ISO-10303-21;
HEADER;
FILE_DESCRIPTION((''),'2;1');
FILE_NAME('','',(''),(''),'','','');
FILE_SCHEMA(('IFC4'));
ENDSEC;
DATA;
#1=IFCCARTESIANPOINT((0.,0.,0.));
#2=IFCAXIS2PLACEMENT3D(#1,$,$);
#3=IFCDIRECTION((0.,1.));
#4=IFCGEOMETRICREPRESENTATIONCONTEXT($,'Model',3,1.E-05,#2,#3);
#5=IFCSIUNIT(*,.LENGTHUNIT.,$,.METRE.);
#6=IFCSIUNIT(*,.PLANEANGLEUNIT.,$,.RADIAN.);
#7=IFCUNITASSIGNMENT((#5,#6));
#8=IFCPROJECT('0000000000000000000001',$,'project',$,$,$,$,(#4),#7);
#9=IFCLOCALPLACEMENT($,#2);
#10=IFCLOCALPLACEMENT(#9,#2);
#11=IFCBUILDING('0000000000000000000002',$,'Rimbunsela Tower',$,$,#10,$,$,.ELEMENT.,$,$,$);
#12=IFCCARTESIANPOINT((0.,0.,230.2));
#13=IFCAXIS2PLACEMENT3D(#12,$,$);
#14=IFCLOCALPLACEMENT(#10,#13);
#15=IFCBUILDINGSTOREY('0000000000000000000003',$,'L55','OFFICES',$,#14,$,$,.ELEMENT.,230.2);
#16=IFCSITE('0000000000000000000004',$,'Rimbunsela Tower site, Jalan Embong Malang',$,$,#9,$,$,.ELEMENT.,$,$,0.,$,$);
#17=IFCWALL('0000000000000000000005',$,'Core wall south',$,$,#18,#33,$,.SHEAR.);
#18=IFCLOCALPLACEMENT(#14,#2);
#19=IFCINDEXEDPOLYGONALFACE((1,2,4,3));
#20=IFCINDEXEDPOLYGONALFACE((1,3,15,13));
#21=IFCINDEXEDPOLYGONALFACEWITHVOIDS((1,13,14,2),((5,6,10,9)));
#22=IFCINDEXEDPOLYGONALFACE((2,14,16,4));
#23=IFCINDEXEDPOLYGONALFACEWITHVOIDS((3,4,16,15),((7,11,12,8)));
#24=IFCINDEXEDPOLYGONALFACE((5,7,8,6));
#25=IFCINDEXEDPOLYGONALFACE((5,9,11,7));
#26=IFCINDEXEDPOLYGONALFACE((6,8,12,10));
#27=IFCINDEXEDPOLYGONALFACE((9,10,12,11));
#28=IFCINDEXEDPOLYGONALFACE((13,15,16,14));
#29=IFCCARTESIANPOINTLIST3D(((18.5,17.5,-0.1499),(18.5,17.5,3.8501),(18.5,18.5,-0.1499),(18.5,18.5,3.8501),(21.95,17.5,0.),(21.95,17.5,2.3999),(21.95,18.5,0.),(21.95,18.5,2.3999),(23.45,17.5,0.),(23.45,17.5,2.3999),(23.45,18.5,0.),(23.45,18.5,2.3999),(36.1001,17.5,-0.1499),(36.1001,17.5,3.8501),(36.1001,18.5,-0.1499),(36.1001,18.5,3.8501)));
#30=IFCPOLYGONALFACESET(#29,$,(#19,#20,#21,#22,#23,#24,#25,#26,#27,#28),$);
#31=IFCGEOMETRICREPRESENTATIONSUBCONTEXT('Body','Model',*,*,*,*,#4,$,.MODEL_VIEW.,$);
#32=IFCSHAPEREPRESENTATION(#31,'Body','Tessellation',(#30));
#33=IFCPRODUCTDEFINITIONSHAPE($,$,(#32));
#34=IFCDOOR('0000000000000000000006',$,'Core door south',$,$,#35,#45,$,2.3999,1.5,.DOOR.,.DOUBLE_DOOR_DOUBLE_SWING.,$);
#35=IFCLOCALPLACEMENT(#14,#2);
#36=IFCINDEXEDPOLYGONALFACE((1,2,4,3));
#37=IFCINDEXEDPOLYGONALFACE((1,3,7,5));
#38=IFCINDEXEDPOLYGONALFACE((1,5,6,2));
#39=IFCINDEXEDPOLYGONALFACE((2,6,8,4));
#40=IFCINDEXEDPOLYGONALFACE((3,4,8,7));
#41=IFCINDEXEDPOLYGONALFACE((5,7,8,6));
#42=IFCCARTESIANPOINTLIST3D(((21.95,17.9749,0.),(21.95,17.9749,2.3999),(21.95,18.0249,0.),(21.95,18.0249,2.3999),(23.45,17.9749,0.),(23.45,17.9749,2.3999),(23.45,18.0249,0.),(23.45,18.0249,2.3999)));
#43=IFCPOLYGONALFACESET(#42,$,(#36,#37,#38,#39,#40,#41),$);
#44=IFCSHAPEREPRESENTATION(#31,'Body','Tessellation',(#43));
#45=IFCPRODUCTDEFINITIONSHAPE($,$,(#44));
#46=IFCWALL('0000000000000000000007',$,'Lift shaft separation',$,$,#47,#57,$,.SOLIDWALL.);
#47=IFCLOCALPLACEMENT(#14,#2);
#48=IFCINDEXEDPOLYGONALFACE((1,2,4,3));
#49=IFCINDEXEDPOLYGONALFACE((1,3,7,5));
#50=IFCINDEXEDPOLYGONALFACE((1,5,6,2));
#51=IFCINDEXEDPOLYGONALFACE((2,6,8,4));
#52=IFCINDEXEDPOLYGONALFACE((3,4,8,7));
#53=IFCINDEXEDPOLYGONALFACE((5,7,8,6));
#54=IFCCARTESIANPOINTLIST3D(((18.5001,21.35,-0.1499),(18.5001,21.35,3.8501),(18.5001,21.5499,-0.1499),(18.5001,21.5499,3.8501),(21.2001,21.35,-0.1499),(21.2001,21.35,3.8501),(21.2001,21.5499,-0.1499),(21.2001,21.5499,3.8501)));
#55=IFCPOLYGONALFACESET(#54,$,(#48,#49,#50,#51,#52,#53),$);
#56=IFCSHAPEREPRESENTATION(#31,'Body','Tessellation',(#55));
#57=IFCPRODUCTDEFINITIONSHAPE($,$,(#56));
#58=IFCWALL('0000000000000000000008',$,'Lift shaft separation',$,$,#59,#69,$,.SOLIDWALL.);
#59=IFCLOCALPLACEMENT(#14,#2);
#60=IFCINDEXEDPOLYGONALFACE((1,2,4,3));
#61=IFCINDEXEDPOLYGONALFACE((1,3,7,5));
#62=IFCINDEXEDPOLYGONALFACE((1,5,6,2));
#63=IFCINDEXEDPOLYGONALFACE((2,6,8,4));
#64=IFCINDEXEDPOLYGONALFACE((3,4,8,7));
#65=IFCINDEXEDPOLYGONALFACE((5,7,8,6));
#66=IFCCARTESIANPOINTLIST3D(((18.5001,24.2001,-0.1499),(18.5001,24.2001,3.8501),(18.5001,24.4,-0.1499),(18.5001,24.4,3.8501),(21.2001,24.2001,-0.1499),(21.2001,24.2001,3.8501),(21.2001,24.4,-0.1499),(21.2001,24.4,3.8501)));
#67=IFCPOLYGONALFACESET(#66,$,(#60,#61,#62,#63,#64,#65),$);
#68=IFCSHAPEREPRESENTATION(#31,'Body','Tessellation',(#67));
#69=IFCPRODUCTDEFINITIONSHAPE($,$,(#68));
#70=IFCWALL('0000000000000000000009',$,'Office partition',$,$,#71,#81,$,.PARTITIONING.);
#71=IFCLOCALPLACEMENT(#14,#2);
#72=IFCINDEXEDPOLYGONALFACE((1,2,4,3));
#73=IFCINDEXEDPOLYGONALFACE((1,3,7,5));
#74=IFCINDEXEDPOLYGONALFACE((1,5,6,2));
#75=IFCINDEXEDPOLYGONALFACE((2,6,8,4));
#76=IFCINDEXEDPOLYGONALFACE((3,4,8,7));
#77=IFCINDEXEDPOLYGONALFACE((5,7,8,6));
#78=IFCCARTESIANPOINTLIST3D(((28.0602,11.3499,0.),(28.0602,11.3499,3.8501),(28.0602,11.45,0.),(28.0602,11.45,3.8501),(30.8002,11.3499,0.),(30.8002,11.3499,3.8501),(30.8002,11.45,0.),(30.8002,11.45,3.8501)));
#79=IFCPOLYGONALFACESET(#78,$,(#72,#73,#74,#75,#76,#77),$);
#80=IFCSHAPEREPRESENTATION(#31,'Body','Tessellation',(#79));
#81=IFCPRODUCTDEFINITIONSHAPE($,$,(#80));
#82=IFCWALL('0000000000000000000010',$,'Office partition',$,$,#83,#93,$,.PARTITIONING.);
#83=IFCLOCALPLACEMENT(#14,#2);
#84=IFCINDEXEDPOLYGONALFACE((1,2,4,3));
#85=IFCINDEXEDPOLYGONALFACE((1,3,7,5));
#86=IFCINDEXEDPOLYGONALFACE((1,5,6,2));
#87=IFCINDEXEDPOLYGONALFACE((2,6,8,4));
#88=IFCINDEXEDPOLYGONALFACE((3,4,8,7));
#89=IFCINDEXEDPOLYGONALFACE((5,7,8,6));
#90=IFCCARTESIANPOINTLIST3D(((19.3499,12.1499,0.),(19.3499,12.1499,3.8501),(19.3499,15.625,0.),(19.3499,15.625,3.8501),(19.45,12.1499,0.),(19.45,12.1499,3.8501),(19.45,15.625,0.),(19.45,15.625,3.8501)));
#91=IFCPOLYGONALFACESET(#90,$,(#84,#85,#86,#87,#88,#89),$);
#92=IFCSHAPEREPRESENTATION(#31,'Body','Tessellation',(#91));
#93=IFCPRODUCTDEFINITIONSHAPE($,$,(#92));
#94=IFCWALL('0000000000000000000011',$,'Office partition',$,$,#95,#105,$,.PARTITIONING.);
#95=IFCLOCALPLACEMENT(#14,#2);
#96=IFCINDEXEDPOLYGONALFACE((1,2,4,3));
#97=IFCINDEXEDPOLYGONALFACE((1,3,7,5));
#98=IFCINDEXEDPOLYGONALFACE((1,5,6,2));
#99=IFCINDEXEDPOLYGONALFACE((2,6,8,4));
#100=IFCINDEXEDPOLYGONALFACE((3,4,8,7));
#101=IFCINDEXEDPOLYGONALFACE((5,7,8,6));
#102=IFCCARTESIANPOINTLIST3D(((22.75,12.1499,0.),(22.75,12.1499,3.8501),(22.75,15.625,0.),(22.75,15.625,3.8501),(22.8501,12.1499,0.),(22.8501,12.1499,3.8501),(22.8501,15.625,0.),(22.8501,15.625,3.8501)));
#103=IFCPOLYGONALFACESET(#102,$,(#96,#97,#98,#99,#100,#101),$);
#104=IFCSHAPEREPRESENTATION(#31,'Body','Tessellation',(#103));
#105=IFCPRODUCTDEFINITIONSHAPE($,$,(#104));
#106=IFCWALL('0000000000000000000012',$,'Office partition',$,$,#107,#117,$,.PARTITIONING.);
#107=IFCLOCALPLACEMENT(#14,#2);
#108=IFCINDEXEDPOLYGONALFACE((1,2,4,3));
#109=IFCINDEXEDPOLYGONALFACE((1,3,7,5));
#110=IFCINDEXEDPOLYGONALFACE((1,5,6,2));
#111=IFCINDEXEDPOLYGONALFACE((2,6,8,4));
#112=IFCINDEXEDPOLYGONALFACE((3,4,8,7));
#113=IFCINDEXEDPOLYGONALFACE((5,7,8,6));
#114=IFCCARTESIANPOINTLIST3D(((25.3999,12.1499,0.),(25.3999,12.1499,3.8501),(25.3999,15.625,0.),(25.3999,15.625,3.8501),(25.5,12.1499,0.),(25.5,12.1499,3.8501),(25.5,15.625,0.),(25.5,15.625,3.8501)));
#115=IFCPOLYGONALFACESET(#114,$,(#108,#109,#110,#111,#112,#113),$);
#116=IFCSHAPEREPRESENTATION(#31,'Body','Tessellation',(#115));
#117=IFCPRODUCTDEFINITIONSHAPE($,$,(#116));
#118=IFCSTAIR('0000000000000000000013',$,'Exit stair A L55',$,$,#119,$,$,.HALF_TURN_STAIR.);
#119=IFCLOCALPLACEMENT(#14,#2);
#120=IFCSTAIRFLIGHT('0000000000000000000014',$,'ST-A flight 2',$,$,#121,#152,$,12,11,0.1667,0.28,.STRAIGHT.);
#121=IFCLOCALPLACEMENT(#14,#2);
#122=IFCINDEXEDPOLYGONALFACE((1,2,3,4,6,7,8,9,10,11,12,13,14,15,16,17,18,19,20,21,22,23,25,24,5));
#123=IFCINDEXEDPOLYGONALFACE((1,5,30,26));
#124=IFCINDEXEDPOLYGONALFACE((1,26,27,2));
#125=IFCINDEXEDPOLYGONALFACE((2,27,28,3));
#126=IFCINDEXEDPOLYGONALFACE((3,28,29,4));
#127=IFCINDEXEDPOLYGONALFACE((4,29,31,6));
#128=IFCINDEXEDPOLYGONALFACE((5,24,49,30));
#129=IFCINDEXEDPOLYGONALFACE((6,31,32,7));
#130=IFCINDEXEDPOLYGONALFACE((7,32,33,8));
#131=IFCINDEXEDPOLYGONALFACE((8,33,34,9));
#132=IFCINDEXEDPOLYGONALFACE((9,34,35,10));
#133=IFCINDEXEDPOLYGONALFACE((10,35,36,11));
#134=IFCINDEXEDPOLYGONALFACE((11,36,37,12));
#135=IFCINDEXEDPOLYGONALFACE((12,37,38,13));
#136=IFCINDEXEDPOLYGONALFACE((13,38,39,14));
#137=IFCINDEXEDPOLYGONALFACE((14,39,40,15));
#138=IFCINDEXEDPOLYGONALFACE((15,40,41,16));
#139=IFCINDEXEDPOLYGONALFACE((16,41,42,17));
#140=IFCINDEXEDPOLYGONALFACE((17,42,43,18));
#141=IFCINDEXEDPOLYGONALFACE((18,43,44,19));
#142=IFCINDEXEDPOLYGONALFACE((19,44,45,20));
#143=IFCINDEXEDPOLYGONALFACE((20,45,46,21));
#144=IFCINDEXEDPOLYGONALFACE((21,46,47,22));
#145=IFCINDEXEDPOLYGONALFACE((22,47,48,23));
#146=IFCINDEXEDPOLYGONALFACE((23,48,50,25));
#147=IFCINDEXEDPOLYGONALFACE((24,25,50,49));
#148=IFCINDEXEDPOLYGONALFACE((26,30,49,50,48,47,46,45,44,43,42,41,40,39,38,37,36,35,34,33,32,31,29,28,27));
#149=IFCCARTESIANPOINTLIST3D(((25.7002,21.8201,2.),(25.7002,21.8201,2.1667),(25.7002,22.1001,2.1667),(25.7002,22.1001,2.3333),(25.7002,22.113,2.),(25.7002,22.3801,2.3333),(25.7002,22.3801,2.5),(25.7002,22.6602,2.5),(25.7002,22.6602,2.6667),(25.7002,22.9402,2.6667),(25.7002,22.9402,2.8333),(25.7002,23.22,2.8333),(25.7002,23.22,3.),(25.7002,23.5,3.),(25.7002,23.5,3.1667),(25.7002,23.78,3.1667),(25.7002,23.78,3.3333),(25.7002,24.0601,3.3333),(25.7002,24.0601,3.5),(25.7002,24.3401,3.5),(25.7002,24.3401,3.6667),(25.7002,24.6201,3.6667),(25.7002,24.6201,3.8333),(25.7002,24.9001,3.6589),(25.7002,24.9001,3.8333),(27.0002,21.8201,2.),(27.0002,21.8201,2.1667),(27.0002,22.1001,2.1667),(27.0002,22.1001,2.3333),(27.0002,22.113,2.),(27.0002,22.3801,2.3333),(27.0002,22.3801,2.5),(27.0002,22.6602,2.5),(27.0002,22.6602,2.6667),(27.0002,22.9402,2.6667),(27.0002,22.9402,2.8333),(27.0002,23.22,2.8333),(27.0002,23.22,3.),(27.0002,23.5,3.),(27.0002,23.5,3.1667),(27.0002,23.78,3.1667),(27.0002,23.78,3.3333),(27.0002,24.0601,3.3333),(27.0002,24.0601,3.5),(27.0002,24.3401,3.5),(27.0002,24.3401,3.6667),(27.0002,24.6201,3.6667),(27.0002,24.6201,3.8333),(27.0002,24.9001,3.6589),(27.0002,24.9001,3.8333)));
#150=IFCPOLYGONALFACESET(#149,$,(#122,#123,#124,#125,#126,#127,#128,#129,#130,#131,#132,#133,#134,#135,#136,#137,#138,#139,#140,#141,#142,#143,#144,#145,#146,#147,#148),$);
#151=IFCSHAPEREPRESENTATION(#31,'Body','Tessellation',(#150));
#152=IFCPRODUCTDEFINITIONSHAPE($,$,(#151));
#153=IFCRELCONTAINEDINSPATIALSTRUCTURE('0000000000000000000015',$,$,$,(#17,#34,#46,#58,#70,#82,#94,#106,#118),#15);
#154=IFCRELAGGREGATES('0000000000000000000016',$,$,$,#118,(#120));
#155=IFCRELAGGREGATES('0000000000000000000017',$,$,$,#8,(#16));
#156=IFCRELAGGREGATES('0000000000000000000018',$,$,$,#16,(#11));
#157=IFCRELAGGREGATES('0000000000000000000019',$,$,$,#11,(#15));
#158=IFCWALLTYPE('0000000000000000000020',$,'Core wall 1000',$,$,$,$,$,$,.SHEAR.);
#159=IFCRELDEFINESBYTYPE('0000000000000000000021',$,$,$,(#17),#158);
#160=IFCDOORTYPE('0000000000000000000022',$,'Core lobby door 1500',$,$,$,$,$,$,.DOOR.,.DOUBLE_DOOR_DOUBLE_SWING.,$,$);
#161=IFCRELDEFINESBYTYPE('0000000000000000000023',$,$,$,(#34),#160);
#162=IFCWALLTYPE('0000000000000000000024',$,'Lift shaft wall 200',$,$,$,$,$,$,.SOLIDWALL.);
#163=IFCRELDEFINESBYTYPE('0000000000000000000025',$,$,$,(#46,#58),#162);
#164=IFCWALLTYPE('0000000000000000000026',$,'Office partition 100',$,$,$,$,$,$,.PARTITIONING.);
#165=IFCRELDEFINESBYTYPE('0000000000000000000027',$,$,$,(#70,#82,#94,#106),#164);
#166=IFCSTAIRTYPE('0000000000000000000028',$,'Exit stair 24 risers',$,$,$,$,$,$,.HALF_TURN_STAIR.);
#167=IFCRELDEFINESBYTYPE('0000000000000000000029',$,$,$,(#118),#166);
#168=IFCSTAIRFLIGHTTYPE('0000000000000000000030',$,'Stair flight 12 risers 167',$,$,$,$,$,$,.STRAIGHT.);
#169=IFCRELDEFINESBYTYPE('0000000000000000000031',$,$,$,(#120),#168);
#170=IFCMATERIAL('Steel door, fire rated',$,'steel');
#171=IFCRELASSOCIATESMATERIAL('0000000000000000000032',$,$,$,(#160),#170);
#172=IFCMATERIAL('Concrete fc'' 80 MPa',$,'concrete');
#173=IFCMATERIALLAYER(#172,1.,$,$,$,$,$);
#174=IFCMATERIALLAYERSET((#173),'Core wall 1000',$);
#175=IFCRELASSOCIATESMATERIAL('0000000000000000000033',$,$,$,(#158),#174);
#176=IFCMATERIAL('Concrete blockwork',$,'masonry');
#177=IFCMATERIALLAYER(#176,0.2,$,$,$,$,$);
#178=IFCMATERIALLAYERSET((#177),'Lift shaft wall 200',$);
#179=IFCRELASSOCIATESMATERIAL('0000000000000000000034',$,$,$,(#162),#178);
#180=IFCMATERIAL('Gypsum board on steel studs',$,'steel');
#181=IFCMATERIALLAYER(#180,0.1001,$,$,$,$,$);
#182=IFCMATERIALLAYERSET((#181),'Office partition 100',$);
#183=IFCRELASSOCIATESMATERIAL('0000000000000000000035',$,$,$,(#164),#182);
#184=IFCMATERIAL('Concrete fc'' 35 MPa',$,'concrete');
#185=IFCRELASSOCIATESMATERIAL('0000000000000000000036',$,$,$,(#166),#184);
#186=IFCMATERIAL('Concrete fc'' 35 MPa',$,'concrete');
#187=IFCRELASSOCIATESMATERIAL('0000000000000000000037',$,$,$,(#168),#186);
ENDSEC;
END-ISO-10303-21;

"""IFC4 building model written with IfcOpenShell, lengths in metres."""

from ifc_helpers import new_model, si_unit, direction, frame, frame_2d, origin, place, context, subcontext, project, spatial, polyline, rectangle, outline, extrude, material, layer, layer_set, type_object, element, fill, aggregate, save


model = new_model("IFC4")

# Units and contexts
model_context = context("Model", 3, precision=1e-05, world=origin(), true_north=direction((0.0, 1.0)))
body_context = subcontext(model_context, "Body", "Model", "MODEL_VIEW")
ifc_project = project(units=[si_unit("LENGTHUNIT", "METRE"), si_unit("PLANEANGLEUNIT", "RADIAN")], contexts=[model_context])

# Site, building, storey
site_placement = place(None, origin())
site = spatial("IfcSite", under=ifc_project, at=site_placement, Name="Rimbunsela Tower site, Jalan Embong Malang", CompositionType="ELEMENT", RefElevation=0.0)
building_placement = place(site_placement, origin())
building = spatial("IfcBuilding", under=site, at=building_placement, Name="Rimbunsela Tower", CompositionType="ELEMENT")
storey_placement = place(building_placement, frame((0.0, 0.0, 230.2)))
storey = spatial("IfcBuildingStorey", under=building, at=storey_placement, Name="L55", Description="OFFICES", CompositionType="ELEMENT", Elevation=230.2)

# Shared definitions
ifc_material_1 = material(Name="Steel door, fire rated", Category="steel")
door_type_1 = type_object("IfcDoorType", Name="Core lobby door 1500", OperationType="DOUBLE_DOOR_DOUBLE_SWING", PredefinedType="DOOR", material=ifc_material_1)

# Wall, opening, door
ifc_material_2 = material(Name="Concrete fc' 80 MPa", Category="concrete")
ifc_layer_1 = layer(ifc_material_2, 1.0)
ifc_layer_set_1 = layer_set([ifc_layer_1], Name="Core wall 1000")
wall_type_1 = type_object("IfcWallType", Name="Core wall 1000", PredefinedType="SHEAR", material=ifc_layer_set_1)
wall_1_placement = place(storey_placement, frame((18.5, 18.0, -0.1499), z_axis=(0.0, 0.0, 1.0), x_axis=(1.0, 0.0, 0.0)))
wall_1 = element("IfcWall", 1, at=wall_1_placement, inside=storey, type_object=wall_type_1, Name="Core wall south", PredefinedType="SHEAR", context=body_context, shape_type="SweptSolid", body=[
    extrude(rectangle(XDim=17.6001, YDim=1.0, at=frame_2d((8.8, 0.0))), origin(), (0.0, 0.0, 1.0), 4.0),
])
opening_1_placement = place(wall_1_placement, frame((3.45, 0.0, 0.1499)))
opening_1 = element("IfcOpeningElement", 2, at=opening_1_placement, cuts=wall_1, PredefinedType="OPENING", context=body_context, shape_type="SweptSolid", body=[
    extrude(rectangle(XDim=1.5, YDim=2.3999, at=frame_2d((0.75, 1.2))), frame((0.0, 0.51, 0.0), z_axis=(0.0, -1.0, 0.0), x_axis=(1.0, 0.0, 0.0)), (0.0, 0.0, 1.0), 1.02),
])
door_1_placement = place(opening_1_placement, origin())
door_1 = element("IfcDoor", 3, at=door_1_placement, inside=storey, type_object=door_type_1, Name="Core door south", OperationType="DOUBLE_DOOR_DOUBLE_SWING", OverallHeight=2.3999, OverallWidth=1.5, PredefinedType="DOOR", context=body_context, shape_type="SweptSolid", body=[
    extrude(rectangle(XDim=1.5, YDim=2.3999, at=frame_2d((0.75, 1.2))), frame((0.0, 0.0249, 0.0), z_axis=(0.0, -1.0, 0.0), x_axis=(1.0, 0.0, 0.0)), (0.0, 0.0, 1.0), 0.05),
])
fill(opening_1, door_1)

# Walls
ifc_material_3 = material(Name="Concrete blockwork", Category="masonry")
ifc_layer_2 = layer(ifc_material_3, 0.2)
ifc_layer_set_2 = layer_set([ifc_layer_2], Name="Lift shaft wall 200")
wall_type_2 = type_object("IfcWallType", Name="Lift shaft wall 200", PredefinedType="SOLIDWALL", material=ifc_layer_set_2)
for number, where, z_axis, x_axis, name in (
    (4, (18.5, 21.45, -0.1499), (0.0, 0.0, 1.0), (1.0, 0.0, 0.0), "Lift shaft separation"),
    (5, (18.5, 24.3, -0.1499), (0.0, 0.0, 1.0), (1.0, 0.0, 0.0), "Lift shaft separation"),
):
    element("IfcWall", number, at=place(storey_placement, frame(where, z_axis=z_axis, x_axis=x_axis)), inside=storey, type_object=wall_type_2, Name=name, PredefinedType="SOLIDWALL", context=body_context, shape_type="SweptSolid", body=[
        extrude(rectangle(XDim=2.7, YDim=0.2, at=frame_2d((1.3501, 0.0))), origin(), (0.0, 0.0, 1.0), 4.0),
    ])
ifc_material_4 = material(Name="Gypsum board on steel studs", Category="steel")
ifc_layer_3 = layer(ifc_material_4, 0.1001)
ifc_layer_set_3 = layer_set([ifc_layer_3], Name="Office partition 100")
wall_type_3 = type_object("IfcWallType", Name="Office partition 100", PredefinedType="PARTITIONING", material=ifc_layer_set_3)
wall_2_placement = place(storey_placement, frame((28.0601, 11.3999, 0.0), z_axis=(0.0, 0.0, 1.0), x_axis=(1.0, 0.0, 0.0)))
element("IfcWall", 6, at=wall_2_placement, inside=storey, type_object=wall_type_3, Name="Office partition", PredefinedType="PARTITIONING", context=body_context, shape_type="SweptSolid", body=[
    extrude(rectangle(XDim=2.74, YDim=0.1001, at=frame_2d((1.3701, 0.0))), origin(), (0.0, 0.0, 1.0), 3.8501),
])
for number, where, z_axis, x_axis, name in (
    (7, (19.3999, 12.1499, 0.0), (0.0, 0.0, 1.0), (0.0, 1.0, 0.0), "Office partition"),
    (8, (22.8, 12.1499, 0.0), (0.0, 0.0, 1.0), (0.0, 1.0, 0.0), "Office partition"),
    (9, (25.45, 12.1499, 0.0), (0.0, 0.0, 1.0), (0.0, 1.0, 0.0), "Office partition"),
):
    element("IfcWall", number, at=place(storey_placement, frame(where, z_axis=z_axis, x_axis=x_axis)), inside=storey, type_object=wall_type_3, Name=name, PredefinedType="PARTITIONING", context=body_context, shape_type="SweptSolid", body=[
        extrude(rectangle(XDim=3.4751, YDim=0.1001, at=frame_2d((1.7375, 0.0))), origin(), (0.0, 0.0, 1.0), 3.8501),
    ])

# Stair, stair flight
ifc_material_5 = material(Name="Concrete fc' 35 MPa", Category="concrete")
stair_type = type_object("IfcStairType", Name="Exit stair 24 risers", PredefinedType="HALF_TURN_STAIR", material=ifc_material_5)
stair_placement = place(storey_placement, origin())
stair = element("IfcStair", 10, at=stair_placement, inside=storey, type_object=stair_type, Name="Exit stair A L55", PredefinedType="HALF_TURN_STAIR")
ifc_material_6 = material(Name="Concrete fc' 35 MPa", Category="concrete")
stair_flight_type = type_object("IfcStairFlightType", Name="Stair flight 12 risers 167", PredefinedType="STRAIGHT", material=ifc_material_6)
stair_flight_placement = place(storey_placement, frame((26.3501, 21.8201, 2.0), z_axis=(0.0, 0.0, 1.0), x_axis=(0.0, 1.0, 0.0)))
stair_flight = element("IfcStairFlight", 11, at=stair_flight_placement, type_object=stair_flight_type, Name="ST-A flight 2", NumberOfRisers=12, NumberOfTreads=11, PredefinedType="STRAIGHT", RiserHeight=0.1667, TreadLength=0.28, context=body_context, shape_type="SweptSolid", body=[
    extrude(outline(polyline([(0.0, 0.0), (0.0, 0.1667), (0.28, 0.1667), (0.28, 0.3333), (0.5601, 0.3333), (0.5601, 0.5), (0.8401, 0.5), (0.8401, 0.6667), (1.1201, 0.6667), (1.1201, 0.8333), (1.3999, 0.8333), (1.3999, 1.0), (1.6799, 1.0), (1.6799, 1.1667), (1.96, 1.1667), (1.96, 1.3333), (2.24, 1.3333), (2.24, 1.5), (2.52, 1.5), (2.52, 1.6667), (2.8, 1.6667), (2.8, 1.8333), (3.0801, 1.8333), (3.0801, 2.0), (3.0801, 1.6589), (0.293, 0.0), (0.0, 0.0)])), frame((0.0, 0.6499, 0.0), z_axis=(0.0, -1.0, 0.0), x_axis=(1.0, 0.0, 0.0)), (0.0, 0.0, 1.0), 1.3),
])
aggregate(stair, [stair_flight])

save(model, "model.ifc")
